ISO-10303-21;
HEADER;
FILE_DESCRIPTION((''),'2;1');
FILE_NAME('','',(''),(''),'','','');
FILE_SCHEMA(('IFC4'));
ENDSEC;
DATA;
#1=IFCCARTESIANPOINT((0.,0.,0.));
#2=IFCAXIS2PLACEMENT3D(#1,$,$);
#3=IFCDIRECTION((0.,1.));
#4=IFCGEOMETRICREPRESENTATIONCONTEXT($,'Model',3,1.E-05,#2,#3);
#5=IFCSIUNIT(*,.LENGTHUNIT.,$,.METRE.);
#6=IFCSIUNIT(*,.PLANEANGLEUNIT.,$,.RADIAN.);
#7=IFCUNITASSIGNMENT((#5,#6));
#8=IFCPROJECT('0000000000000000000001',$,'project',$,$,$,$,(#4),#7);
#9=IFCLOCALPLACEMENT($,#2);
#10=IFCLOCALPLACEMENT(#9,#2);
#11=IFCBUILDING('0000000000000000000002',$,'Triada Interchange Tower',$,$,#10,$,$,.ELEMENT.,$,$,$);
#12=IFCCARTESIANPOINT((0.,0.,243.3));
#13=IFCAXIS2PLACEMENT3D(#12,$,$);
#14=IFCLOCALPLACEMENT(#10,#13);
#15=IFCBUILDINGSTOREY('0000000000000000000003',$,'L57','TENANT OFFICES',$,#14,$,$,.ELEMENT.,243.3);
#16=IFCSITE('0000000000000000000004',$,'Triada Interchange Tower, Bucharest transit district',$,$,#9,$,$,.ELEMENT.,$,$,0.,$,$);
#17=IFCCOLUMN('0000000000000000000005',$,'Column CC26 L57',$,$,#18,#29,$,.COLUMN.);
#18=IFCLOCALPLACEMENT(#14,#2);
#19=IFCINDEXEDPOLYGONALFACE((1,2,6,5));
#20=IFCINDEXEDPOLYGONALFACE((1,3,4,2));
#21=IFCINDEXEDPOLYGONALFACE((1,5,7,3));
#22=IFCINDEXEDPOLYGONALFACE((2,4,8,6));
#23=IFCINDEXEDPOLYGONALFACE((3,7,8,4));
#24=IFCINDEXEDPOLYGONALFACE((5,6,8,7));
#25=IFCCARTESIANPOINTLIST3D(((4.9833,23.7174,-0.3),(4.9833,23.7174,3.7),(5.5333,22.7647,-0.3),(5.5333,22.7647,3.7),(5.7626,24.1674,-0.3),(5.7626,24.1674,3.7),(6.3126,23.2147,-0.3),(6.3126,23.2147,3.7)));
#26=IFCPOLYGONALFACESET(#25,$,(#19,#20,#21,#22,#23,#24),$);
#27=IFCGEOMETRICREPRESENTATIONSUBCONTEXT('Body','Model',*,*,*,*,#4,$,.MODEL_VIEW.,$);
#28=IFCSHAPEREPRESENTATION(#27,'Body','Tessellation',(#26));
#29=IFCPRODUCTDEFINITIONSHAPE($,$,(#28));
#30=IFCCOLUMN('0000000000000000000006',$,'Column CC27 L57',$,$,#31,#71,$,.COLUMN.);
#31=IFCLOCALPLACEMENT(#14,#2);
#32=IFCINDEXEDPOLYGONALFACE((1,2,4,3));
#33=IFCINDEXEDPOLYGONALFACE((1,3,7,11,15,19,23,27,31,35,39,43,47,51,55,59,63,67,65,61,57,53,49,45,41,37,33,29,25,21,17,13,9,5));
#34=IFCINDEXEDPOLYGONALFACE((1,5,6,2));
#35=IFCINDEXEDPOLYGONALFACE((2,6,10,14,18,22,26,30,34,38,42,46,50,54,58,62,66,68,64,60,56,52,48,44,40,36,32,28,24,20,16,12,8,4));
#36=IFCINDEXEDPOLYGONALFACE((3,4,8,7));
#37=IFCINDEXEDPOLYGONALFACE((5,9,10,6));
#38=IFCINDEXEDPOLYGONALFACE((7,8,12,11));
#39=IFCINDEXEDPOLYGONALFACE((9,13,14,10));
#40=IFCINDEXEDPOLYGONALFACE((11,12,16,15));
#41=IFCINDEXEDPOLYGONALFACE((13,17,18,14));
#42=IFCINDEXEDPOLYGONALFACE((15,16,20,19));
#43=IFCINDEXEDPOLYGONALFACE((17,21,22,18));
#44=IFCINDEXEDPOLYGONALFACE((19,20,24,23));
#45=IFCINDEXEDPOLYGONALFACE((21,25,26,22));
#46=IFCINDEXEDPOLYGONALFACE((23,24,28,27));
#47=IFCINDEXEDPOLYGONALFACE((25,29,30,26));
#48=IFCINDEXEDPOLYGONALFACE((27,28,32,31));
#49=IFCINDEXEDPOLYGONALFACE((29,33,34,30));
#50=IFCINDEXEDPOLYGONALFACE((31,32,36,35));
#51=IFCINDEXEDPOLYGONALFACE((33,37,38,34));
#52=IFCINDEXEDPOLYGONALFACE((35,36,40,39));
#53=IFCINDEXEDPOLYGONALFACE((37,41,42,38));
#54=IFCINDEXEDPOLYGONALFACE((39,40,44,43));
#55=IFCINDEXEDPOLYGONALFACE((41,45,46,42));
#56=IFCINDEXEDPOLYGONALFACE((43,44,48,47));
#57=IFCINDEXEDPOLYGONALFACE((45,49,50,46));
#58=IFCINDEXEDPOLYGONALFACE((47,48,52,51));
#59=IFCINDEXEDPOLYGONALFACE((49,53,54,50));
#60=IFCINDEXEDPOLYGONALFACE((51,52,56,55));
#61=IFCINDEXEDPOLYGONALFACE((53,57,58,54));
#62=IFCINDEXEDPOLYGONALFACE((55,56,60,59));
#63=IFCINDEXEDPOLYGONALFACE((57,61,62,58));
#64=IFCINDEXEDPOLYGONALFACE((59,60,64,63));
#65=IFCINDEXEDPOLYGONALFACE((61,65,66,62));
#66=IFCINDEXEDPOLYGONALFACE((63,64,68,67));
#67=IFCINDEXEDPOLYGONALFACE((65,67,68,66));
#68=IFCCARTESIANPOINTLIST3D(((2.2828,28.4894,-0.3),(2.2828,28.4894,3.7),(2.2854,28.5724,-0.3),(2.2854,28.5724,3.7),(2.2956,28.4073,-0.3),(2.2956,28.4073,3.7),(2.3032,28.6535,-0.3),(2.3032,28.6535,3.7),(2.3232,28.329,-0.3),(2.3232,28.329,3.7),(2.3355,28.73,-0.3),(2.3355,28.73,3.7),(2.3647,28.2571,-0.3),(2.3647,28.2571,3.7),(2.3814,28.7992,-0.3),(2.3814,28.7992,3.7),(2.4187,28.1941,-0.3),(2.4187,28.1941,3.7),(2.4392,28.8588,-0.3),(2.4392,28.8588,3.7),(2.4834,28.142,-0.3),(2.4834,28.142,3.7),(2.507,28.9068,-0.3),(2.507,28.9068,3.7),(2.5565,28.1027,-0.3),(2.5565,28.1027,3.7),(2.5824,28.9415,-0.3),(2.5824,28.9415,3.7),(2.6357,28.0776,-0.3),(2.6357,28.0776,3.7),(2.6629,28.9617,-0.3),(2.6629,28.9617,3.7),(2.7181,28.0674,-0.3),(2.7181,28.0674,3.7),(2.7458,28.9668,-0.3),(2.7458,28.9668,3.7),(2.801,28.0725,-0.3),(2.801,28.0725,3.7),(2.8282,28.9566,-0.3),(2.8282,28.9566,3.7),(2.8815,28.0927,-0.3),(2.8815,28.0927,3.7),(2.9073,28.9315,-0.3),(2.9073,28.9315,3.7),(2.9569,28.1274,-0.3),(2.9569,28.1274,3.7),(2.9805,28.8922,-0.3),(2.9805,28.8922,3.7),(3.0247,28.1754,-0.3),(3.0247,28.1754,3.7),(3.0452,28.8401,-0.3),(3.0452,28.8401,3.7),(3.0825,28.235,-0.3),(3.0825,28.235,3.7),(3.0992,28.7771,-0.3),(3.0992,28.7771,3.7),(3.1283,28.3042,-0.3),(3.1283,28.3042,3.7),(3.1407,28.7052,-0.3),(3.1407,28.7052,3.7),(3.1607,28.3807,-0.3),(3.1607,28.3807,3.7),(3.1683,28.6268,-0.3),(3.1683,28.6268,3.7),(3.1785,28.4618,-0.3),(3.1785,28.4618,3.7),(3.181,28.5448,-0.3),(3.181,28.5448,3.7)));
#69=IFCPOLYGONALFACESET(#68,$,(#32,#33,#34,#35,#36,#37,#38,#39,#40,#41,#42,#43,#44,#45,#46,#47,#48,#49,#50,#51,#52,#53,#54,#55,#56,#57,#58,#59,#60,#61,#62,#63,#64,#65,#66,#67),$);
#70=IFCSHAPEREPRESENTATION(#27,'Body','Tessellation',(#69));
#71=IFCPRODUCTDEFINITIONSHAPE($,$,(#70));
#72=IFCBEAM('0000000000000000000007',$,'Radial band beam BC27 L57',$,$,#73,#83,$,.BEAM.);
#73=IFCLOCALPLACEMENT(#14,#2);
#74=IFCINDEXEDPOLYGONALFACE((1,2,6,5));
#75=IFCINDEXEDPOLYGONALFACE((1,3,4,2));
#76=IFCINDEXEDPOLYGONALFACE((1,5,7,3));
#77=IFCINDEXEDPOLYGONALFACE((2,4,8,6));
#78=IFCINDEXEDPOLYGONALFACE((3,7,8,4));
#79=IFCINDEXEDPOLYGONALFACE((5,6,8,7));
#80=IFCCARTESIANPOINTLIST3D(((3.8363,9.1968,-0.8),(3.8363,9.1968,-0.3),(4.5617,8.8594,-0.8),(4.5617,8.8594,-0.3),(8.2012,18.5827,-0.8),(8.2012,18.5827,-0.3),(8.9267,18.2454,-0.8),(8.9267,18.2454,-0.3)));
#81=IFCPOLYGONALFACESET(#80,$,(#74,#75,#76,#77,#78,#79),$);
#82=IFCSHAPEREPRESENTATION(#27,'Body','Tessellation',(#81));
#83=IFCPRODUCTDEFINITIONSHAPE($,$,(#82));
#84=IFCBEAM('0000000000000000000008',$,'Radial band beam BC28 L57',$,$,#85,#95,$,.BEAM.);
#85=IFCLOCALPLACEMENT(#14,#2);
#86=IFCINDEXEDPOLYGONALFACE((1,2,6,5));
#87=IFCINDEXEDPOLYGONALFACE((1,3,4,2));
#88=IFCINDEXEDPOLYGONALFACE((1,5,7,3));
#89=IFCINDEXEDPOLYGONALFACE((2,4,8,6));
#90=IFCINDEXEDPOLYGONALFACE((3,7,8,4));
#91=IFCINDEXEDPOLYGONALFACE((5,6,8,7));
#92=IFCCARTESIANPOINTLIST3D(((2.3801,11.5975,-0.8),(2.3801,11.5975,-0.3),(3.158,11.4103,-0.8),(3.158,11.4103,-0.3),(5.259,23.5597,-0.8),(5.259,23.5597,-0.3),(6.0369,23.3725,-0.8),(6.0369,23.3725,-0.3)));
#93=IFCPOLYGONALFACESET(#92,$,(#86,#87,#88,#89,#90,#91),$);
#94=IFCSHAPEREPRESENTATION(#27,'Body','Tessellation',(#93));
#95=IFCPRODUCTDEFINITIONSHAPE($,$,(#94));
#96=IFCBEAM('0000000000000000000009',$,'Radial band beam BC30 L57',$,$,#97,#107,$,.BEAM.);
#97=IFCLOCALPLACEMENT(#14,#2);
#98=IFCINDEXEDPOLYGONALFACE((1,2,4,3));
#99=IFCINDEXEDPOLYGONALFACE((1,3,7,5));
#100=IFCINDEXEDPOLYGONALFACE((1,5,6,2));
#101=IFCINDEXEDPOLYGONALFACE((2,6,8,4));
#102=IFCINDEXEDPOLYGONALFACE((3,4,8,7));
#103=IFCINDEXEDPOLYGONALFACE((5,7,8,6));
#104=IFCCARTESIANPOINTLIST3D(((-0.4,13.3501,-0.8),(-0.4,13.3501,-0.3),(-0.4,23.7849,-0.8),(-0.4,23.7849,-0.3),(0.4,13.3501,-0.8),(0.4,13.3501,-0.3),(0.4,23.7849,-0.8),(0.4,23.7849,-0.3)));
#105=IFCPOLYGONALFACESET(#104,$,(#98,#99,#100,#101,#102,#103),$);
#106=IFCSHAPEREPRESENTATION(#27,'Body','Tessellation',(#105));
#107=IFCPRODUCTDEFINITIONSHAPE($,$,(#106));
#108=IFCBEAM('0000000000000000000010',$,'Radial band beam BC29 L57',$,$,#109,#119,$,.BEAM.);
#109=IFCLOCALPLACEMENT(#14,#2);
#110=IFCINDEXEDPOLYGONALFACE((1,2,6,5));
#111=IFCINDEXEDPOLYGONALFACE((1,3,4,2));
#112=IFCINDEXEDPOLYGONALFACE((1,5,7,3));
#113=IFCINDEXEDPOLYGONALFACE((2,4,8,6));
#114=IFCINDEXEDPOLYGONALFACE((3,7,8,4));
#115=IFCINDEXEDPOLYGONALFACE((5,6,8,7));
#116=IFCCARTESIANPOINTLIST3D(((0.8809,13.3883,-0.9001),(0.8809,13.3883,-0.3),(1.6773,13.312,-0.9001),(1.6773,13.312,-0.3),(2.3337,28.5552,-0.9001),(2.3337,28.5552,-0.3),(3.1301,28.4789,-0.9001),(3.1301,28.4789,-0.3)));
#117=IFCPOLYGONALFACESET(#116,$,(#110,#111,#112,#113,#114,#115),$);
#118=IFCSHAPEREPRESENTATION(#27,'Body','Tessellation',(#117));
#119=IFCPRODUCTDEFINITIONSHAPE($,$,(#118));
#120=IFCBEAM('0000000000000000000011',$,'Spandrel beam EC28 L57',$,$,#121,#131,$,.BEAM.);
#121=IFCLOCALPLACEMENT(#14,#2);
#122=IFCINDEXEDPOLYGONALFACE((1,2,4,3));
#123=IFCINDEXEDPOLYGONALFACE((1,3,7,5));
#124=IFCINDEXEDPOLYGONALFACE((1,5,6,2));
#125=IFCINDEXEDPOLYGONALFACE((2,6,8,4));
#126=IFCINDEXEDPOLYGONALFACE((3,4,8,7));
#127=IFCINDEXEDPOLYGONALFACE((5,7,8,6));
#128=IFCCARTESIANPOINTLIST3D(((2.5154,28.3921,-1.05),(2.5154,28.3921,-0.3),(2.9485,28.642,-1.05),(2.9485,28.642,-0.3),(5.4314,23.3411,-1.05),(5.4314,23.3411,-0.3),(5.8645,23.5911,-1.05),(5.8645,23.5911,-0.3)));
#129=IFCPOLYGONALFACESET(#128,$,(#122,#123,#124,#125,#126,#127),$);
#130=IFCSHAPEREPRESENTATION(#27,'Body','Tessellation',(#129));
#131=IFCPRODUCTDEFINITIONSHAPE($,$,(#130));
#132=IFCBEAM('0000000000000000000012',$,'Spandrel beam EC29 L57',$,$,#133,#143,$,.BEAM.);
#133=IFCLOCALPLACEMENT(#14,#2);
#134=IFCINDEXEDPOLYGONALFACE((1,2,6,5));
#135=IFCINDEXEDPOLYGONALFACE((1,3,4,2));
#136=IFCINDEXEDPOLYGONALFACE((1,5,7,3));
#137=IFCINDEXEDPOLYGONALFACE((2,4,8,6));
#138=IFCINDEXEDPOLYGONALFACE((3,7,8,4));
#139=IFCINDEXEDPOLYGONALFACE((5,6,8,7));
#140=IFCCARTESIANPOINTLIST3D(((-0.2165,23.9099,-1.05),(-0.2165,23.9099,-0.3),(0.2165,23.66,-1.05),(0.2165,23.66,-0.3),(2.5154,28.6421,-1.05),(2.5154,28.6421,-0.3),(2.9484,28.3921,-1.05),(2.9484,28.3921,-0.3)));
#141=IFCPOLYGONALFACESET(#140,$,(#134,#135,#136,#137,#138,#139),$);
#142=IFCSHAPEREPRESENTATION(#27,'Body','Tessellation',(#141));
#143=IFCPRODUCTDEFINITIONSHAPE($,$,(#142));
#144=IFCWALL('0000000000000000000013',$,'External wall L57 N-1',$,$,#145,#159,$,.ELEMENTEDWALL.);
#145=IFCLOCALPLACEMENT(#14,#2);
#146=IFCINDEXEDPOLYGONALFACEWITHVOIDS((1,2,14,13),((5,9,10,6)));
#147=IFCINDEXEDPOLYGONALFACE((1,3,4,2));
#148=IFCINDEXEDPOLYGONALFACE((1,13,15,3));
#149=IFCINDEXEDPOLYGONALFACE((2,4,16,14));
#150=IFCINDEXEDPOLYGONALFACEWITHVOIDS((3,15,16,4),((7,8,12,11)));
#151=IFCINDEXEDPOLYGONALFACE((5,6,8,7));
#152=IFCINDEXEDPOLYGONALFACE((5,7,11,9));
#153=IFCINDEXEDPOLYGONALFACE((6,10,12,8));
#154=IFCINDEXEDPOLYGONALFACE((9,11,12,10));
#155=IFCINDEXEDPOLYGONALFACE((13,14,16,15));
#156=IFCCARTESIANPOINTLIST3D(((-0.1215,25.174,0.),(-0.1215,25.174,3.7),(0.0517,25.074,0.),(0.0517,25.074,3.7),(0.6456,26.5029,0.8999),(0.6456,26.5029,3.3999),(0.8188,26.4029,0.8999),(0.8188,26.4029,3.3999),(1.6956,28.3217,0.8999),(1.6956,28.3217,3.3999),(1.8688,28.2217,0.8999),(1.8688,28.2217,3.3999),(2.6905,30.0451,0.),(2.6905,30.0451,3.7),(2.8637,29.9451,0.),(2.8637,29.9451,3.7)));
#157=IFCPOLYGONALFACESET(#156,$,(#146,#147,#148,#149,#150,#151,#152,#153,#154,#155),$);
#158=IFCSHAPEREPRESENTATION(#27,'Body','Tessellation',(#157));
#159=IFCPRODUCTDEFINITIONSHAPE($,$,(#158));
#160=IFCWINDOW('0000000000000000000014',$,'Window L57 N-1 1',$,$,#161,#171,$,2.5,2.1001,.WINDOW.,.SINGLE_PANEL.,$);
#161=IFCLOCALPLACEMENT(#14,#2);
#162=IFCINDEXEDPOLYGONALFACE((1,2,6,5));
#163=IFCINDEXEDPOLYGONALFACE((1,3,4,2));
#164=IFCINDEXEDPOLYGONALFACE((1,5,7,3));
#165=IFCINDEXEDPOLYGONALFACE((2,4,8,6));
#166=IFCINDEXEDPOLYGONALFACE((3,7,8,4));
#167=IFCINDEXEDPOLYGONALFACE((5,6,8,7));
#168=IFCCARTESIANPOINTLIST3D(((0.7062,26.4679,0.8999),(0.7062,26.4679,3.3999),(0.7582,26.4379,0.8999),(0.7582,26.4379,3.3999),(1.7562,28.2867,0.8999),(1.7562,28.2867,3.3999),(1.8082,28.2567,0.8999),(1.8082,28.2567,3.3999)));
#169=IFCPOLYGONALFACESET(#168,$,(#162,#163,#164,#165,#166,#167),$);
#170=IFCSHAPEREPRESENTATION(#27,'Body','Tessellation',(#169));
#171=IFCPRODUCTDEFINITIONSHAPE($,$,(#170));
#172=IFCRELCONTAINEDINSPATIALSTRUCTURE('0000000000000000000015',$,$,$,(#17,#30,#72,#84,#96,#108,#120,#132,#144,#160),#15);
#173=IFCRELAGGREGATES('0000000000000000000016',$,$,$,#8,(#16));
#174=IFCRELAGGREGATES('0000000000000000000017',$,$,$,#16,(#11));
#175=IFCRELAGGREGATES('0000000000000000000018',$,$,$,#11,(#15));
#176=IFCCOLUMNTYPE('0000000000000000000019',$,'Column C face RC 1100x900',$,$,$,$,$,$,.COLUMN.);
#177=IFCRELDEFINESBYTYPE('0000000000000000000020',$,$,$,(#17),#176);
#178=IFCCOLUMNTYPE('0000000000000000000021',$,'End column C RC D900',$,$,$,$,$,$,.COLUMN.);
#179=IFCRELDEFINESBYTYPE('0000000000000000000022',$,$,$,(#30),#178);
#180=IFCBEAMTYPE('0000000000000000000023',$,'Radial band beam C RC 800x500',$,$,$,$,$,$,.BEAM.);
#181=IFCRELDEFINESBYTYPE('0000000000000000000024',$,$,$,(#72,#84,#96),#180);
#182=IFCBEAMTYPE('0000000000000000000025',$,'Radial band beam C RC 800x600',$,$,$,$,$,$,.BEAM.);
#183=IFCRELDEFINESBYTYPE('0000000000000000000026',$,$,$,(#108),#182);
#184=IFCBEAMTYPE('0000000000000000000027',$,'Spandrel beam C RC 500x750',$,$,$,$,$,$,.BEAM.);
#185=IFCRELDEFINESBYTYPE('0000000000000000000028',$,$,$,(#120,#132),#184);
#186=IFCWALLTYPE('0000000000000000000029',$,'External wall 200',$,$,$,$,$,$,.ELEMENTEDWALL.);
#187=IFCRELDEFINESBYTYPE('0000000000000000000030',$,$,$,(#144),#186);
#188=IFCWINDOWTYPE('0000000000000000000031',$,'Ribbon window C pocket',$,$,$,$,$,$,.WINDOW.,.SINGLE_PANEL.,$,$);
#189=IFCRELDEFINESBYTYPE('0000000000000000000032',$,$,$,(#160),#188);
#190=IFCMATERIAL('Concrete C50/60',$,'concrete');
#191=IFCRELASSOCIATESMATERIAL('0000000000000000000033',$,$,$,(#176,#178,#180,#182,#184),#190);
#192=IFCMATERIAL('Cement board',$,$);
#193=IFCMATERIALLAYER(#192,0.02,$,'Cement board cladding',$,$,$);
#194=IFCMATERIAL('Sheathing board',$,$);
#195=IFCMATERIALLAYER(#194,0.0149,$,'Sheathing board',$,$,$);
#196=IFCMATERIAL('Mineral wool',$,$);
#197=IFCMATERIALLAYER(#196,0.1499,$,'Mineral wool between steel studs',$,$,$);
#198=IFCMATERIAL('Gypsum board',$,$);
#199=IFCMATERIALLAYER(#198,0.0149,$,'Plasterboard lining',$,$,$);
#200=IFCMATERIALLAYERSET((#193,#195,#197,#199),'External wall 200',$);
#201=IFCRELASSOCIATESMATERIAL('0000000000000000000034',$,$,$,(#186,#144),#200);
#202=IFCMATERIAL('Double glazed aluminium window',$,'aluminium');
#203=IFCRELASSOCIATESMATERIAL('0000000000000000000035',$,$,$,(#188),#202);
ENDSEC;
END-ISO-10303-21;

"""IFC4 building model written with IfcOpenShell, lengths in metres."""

from ifc_helpers import new_model, si_unit, direction, frame, frame_2d, origin, origin_2d, place, context, subcontext, project, spatial, rectangle, circle, extrude, material, layer, layer_set, layer_usage, material_profile, profile_set, type_object, element, fill, save


model = new_model("IFC4")

# Units and contexts
model_context = context("Model", 3, precision=1e-05, world=origin(), true_north=direction((0.0, 1.0)))
body_context = subcontext(model_context, "Body", "Model", "MODEL_VIEW")
ifc_project = project(units=[si_unit("LENGTHUNIT", "METRE"), si_unit("PLANEANGLEUNIT", "RADIAN")], contexts=[model_context])

# Site, building, storey
site_placement = place(None, origin())
site = spatial("IfcSite", under=ifc_project, at=site_placement, Name="Triada Interchange Tower, Bucharest transit district", CompositionType="ELEMENT", RefElevation=0.0)
building_placement = place(site_placement, origin())
building = spatial("IfcBuilding", under=site, at=building_placement, Name="Triada Interchange Tower", CompositionType="ELEMENT")
storey_placement = place(building_placement, frame((0.0, 0.0, 243.3)))
storey = spatial("IfcBuildingStorey", under=building, at=storey_placement, Name="L57", Description="TENANT OFFICES", CompositionType="ELEMENT", Elevation=243.3)

# Columns
ifc_material_1 = material(Name="Concrete C50/60", Category="concrete")
ifc_material_profile_1 = material_profile(ifc_material_1, rectangle(XDim=1.1001, YDim=0.8999, at=origin_2d()), Name="RC 1100x900")
ifc_profile_set_1 = profile_set([ifc_material_profile_1], Name="Concrete C50/60")
column_type_1 = type_object("IfcColumnType", Name="Column C face RC 1100x900", PredefinedType="COLUMN", material=ifc_profile_set_1)
column_1_placement = place(storey_placement, frame((5.6479, 23.4661, -0.3), z_axis=(0.0, 0.0, 1.0), x_axis=(-0.5, 0.866025, 0.0)))
element("IfcColumn", 1, at=column_1_placement, inside=storey, type_object=column_type_1, Name="Column CC26 L57", PredefinedType="COLUMN", context=body_context, shape_type="SweptSolid", body=[
    extrude(rectangle(XDim=1.1001, YDim=0.8999, at=origin_2d()), origin(), (0.0, 0.0, 1.0), 4.0),
])
ifc_material_profile_2 = material_profile(ifc_material_1, circle(Radius=0.45, at=origin_2d()), Name="RC D900")
ifc_profile_set_2 = profile_set([ifc_material_profile_2], Name="Concrete C50/60")
column_type_2 = type_object("IfcColumnType", Name="End column C RC D900", PredefinedType="COLUMN", material=ifc_profile_set_2)
column_2_placement = place(storey_placement, frame((2.7319, 28.5171, -0.3), z_axis=(0.0, 0.0, 1.0), x_axis=(-0.5, 0.866025, 0.0)))
element("IfcColumn", 2, at=column_2_placement, inside=storey, type_object=column_type_2, Name="Column CC27 L57", PredefinedType="COLUMN", context=body_context, shape_type="SweptSolid", body=[
    extrude(circle(Radius=0.45, at=origin_2d()), origin(), (0.0, 0.0, 1.0), 4.0),
])

# Beams
ifc_material_profile_3 = material_profile(ifc_material_1, rectangle(XDim=0.8, YDim=0.5, at=origin_2d()), Name="RC 800x500")
ifc_profile_set_3 = profile_set([ifc_material_profile_3], Name="Concrete C50/60")
beam_type_1 = type_object("IfcBeamType", Name="Radial band beam C RC 800x500", PredefinedType="BEAM", material=ifc_profile_set_3)
beam_1_placement = place(storey_placement, frame((8.564, 18.4141, -0.55), z_axis=(-0.421684, -0.906743, 0.0), x_axis=(0.906743, -0.421684, 0.0)))
element("IfcBeam", 3, at=beam_1_placement, inside=storey, type_object=beam_type_1, Name="Radial band beam BC27 L57", PredefinedType="BEAM", context=body_context, shape_type="SweptSolid", body=[
    extrude(rectangle(XDim=0.8, YDim=0.5, at=origin_2d()), origin(), (0.0, 0.0, 1.0), 10.3513),
])
beam_2_placement = place(storey_placement, frame((5.6479, 23.4661, -0.55), z_axis=(-0.233987, -0.97224, 0.0), x_axis=(0.97224, -0.233987, 0.0)))
element("IfcBeam", 4, at=beam_2_placement, inside=storey, type_object=beam_type_1, Name="Radial band beam BC28 L57", PredefinedType="BEAM", context=body_context, shape_type="SweptSolid", body=[
    extrude(rectangle(XDim=0.8, YDim=0.5, at=origin_2d()), origin(), (0.0, 0.0, 1.0), 12.3037),
])
beam_3_placement = place(storey_placement, frame((0.0, 23.7849, -0.55), z_axis=(0.0, -1.0, 0.0), x_axis=(1.0, 0.0, 0.0)))
element("IfcBeam", 5, at=beam_3_placement, inside=storey, type_object=beam_type_1, Name="Radial band beam BC30 L57", PredefinedType="BEAM", context=body_context, shape_type="SweptSolid", body=[
    extrude(rectangle(XDim=0.8, YDim=0.5, at=origin_2d()), origin(), (0.0, 0.0, 1.0), 10.4348),
])
ifc_material_profile_4 = material_profile(ifc_material_1, rectangle(XDim=0.8, YDim=0.6001, at=origin_2d()), Name="RC 800x600")
ifc_profile_set_4 = profile_set([ifc_material_profile_4], Name="Concrete C50/60")
beam_type_2 = type_object("IfcBeamType", Name="Radial band beam C RC 800x600", PredefinedType="BEAM", material=ifc_profile_set_4)
beam_4_placement = place(storey_placement, frame((2.7319, 28.5171, -0.6001), z_axis=(-0.095356, -0.995443, 0.0), x_axis=(0.995443, -0.095356, 0.0)))
element("IfcBeam", 6, at=beam_4_placement, inside=storey, type_object=beam_type_2, Name="Radial band beam BC29 L57", PredefinedType="BEAM", context=body_context, shape_type="SweptSolid", body=[
    extrude(rectangle(XDim=0.8, YDim=0.6001, at=origin_2d()), origin(), (0.0, 0.0, 1.0), 15.2363),
])
ifc_material_profile_5 = material_profile(ifc_material_1, rectangle(XDim=0.5, YDim=0.75, at=origin_2d()), Name="RC 500x750")
ifc_profile_set_5 = profile_set([ifc_material_profile_5], Name="Concrete C50/60")
beam_type_3 = type_object("IfcBeamType", Name="Spandrel beam C RC 500x750", PredefinedType="BEAM", material=ifc_profile_set_5)
beam_5_placement = place(storey_placement, frame((5.6479, 23.4661, -0.675), z_axis=(-0.499975, 0.86604, 0.0), x_axis=(-0.86604, -0.499975, 0.0)))
element("IfcBeam", 7, at=beam_5_placement, inside=storey, type_object=beam_type_3, Name="Spandrel beam EC28 L57", PredefinedType="BEAM", context=body_context, shape_type="SweptSolid", body=[
    extrude(rectangle(XDim=0.5, YDim=0.75, at=origin_2d()), origin(), (0.0, 0.0, 1.0), 5.8323),
])
beam_6_placement = place(storey_placement, frame((2.7319, 28.5171, -0.675), z_axis=(-0.499974, -0.86604, 0.0), x_axis=(0.86604, -0.499974, 0.0)))
element("IfcBeam", 8, at=beam_6_placement, inside=storey, type_object=beam_type_3, Name="Spandrel beam EC29 L57", PredefinedType="BEAM", context=body_context, shape_type="SweptSolid", body=[
    extrude(rectangle(XDim=0.5, YDim=0.75, at=origin_2d()), origin(), (0.0, 0.0, 1.0), 5.4641),
])

# Wall, opening, window
ifc_material_2 = material(Name="Cement board")
ifc_layer_1 = layer(ifc_material_2, 0.02, Name="Cement board cladding")
ifc_material_3 = material(Name="Sheathing board")
ifc_layer_2 = layer(ifc_material_3, 0.0149, Name="Sheathing board")
ifc_material_4 = material(Name="Mineral wool")
ifc_layer_3 = layer(ifc_material_4, 0.1499, Name="Mineral wool between steel studs")
ifc_material_5 = material(Name="Gypsum board")
ifc_layer_4 = layer(ifc_material_5, 0.0149, Name="Plasterboard lining")
ifc_layer_set_1 = layer_set([ifc_layer_1, ifc_layer_2, ifc_layer_3, ifc_layer_4], Name="External wall 200")
ifc_layer_usage = layer_usage(ifc_layer_set_1, "AXIS2", "POSITIVE", -0.1001)
wall_type_1 = type_object("IfcWallType", Name="External wall 200", PredefinedType="ELEMENTEDWALL", material=ifc_layer_set_1)
wall_1_placement = place(storey_placement, frame((2.7771, 29.9951, 0.0), z_axis=(0.0, 0.0, 1.0), x_axis=(-0.499958, -0.86605, 0.0)))
wall_1 = element("IfcWall", 9, at=wall_1_placement, inside=storey, type_object=wall_type_1, material=ifc_layer_usage, Name="External wall L57 N-1", PredefinedType="ELEMENTEDWALL", context=body_context, shape_type="SweptSolid", body=[
    extrude(rectangle(XDim=5.6245, YDim=0.2, at=frame_2d((2.8123, 0.0))), origin(), (0.0, 0.0, 1.0), 3.7),
])
opening_1_placement = place(wall_1_placement, frame((1.99, 0.0, 0.8999)))
opening_1 = element("IfcOpeningElement", 10, at=opening_1_placement, cuts=wall_1, PredefinedType="OPENING", context=body_context, shape_type="SweptSolid", body=[
    extrude(rectangle(XDim=2.1001, YDim=2.5, at=frame_2d((1.05, 1.25))), frame((0.0, 0.1099, 0.0), z_axis=(0.0, -1.0, 0.0), x_axis=(1.0, 0.0, 0.0)), (0.0, 0.0, 1.0), 0.22),
])
ifc_material_6 = material(Name="Double glazed aluminium window", Category="aluminium")
window_type = type_object("IfcWindowType", Name="Ribbon window C pocket", PartitioningType="SINGLE_PANEL", PredefinedType="WINDOW", material=ifc_material_6)
window_1_placement = place(opening_1_placement, origin())
window_1 = element("IfcWindow", 11, at=window_1_placement, inside=storey, type_object=window_type, Name="Window L57 N-1 1", OverallHeight=2.5, OverallWidth=2.1001, PartitioningType="SINGLE_PANEL", PredefinedType="WINDOW", context=body_context, shape_type="SweptSolid", body=[
    extrude(rectangle(XDim=2.1001, YDim=2.5, at=frame_2d((1.05, 1.25))), frame((0.0, 0.03, 0.0), z_axis=(0.0, -1.0, 0.0), x_axis=(1.0, 0.0, 0.0)), (0.0, 0.0, 1.0), 0.0601),
])
fill(opening_1, window_1)

save(model, "model.ifc")
